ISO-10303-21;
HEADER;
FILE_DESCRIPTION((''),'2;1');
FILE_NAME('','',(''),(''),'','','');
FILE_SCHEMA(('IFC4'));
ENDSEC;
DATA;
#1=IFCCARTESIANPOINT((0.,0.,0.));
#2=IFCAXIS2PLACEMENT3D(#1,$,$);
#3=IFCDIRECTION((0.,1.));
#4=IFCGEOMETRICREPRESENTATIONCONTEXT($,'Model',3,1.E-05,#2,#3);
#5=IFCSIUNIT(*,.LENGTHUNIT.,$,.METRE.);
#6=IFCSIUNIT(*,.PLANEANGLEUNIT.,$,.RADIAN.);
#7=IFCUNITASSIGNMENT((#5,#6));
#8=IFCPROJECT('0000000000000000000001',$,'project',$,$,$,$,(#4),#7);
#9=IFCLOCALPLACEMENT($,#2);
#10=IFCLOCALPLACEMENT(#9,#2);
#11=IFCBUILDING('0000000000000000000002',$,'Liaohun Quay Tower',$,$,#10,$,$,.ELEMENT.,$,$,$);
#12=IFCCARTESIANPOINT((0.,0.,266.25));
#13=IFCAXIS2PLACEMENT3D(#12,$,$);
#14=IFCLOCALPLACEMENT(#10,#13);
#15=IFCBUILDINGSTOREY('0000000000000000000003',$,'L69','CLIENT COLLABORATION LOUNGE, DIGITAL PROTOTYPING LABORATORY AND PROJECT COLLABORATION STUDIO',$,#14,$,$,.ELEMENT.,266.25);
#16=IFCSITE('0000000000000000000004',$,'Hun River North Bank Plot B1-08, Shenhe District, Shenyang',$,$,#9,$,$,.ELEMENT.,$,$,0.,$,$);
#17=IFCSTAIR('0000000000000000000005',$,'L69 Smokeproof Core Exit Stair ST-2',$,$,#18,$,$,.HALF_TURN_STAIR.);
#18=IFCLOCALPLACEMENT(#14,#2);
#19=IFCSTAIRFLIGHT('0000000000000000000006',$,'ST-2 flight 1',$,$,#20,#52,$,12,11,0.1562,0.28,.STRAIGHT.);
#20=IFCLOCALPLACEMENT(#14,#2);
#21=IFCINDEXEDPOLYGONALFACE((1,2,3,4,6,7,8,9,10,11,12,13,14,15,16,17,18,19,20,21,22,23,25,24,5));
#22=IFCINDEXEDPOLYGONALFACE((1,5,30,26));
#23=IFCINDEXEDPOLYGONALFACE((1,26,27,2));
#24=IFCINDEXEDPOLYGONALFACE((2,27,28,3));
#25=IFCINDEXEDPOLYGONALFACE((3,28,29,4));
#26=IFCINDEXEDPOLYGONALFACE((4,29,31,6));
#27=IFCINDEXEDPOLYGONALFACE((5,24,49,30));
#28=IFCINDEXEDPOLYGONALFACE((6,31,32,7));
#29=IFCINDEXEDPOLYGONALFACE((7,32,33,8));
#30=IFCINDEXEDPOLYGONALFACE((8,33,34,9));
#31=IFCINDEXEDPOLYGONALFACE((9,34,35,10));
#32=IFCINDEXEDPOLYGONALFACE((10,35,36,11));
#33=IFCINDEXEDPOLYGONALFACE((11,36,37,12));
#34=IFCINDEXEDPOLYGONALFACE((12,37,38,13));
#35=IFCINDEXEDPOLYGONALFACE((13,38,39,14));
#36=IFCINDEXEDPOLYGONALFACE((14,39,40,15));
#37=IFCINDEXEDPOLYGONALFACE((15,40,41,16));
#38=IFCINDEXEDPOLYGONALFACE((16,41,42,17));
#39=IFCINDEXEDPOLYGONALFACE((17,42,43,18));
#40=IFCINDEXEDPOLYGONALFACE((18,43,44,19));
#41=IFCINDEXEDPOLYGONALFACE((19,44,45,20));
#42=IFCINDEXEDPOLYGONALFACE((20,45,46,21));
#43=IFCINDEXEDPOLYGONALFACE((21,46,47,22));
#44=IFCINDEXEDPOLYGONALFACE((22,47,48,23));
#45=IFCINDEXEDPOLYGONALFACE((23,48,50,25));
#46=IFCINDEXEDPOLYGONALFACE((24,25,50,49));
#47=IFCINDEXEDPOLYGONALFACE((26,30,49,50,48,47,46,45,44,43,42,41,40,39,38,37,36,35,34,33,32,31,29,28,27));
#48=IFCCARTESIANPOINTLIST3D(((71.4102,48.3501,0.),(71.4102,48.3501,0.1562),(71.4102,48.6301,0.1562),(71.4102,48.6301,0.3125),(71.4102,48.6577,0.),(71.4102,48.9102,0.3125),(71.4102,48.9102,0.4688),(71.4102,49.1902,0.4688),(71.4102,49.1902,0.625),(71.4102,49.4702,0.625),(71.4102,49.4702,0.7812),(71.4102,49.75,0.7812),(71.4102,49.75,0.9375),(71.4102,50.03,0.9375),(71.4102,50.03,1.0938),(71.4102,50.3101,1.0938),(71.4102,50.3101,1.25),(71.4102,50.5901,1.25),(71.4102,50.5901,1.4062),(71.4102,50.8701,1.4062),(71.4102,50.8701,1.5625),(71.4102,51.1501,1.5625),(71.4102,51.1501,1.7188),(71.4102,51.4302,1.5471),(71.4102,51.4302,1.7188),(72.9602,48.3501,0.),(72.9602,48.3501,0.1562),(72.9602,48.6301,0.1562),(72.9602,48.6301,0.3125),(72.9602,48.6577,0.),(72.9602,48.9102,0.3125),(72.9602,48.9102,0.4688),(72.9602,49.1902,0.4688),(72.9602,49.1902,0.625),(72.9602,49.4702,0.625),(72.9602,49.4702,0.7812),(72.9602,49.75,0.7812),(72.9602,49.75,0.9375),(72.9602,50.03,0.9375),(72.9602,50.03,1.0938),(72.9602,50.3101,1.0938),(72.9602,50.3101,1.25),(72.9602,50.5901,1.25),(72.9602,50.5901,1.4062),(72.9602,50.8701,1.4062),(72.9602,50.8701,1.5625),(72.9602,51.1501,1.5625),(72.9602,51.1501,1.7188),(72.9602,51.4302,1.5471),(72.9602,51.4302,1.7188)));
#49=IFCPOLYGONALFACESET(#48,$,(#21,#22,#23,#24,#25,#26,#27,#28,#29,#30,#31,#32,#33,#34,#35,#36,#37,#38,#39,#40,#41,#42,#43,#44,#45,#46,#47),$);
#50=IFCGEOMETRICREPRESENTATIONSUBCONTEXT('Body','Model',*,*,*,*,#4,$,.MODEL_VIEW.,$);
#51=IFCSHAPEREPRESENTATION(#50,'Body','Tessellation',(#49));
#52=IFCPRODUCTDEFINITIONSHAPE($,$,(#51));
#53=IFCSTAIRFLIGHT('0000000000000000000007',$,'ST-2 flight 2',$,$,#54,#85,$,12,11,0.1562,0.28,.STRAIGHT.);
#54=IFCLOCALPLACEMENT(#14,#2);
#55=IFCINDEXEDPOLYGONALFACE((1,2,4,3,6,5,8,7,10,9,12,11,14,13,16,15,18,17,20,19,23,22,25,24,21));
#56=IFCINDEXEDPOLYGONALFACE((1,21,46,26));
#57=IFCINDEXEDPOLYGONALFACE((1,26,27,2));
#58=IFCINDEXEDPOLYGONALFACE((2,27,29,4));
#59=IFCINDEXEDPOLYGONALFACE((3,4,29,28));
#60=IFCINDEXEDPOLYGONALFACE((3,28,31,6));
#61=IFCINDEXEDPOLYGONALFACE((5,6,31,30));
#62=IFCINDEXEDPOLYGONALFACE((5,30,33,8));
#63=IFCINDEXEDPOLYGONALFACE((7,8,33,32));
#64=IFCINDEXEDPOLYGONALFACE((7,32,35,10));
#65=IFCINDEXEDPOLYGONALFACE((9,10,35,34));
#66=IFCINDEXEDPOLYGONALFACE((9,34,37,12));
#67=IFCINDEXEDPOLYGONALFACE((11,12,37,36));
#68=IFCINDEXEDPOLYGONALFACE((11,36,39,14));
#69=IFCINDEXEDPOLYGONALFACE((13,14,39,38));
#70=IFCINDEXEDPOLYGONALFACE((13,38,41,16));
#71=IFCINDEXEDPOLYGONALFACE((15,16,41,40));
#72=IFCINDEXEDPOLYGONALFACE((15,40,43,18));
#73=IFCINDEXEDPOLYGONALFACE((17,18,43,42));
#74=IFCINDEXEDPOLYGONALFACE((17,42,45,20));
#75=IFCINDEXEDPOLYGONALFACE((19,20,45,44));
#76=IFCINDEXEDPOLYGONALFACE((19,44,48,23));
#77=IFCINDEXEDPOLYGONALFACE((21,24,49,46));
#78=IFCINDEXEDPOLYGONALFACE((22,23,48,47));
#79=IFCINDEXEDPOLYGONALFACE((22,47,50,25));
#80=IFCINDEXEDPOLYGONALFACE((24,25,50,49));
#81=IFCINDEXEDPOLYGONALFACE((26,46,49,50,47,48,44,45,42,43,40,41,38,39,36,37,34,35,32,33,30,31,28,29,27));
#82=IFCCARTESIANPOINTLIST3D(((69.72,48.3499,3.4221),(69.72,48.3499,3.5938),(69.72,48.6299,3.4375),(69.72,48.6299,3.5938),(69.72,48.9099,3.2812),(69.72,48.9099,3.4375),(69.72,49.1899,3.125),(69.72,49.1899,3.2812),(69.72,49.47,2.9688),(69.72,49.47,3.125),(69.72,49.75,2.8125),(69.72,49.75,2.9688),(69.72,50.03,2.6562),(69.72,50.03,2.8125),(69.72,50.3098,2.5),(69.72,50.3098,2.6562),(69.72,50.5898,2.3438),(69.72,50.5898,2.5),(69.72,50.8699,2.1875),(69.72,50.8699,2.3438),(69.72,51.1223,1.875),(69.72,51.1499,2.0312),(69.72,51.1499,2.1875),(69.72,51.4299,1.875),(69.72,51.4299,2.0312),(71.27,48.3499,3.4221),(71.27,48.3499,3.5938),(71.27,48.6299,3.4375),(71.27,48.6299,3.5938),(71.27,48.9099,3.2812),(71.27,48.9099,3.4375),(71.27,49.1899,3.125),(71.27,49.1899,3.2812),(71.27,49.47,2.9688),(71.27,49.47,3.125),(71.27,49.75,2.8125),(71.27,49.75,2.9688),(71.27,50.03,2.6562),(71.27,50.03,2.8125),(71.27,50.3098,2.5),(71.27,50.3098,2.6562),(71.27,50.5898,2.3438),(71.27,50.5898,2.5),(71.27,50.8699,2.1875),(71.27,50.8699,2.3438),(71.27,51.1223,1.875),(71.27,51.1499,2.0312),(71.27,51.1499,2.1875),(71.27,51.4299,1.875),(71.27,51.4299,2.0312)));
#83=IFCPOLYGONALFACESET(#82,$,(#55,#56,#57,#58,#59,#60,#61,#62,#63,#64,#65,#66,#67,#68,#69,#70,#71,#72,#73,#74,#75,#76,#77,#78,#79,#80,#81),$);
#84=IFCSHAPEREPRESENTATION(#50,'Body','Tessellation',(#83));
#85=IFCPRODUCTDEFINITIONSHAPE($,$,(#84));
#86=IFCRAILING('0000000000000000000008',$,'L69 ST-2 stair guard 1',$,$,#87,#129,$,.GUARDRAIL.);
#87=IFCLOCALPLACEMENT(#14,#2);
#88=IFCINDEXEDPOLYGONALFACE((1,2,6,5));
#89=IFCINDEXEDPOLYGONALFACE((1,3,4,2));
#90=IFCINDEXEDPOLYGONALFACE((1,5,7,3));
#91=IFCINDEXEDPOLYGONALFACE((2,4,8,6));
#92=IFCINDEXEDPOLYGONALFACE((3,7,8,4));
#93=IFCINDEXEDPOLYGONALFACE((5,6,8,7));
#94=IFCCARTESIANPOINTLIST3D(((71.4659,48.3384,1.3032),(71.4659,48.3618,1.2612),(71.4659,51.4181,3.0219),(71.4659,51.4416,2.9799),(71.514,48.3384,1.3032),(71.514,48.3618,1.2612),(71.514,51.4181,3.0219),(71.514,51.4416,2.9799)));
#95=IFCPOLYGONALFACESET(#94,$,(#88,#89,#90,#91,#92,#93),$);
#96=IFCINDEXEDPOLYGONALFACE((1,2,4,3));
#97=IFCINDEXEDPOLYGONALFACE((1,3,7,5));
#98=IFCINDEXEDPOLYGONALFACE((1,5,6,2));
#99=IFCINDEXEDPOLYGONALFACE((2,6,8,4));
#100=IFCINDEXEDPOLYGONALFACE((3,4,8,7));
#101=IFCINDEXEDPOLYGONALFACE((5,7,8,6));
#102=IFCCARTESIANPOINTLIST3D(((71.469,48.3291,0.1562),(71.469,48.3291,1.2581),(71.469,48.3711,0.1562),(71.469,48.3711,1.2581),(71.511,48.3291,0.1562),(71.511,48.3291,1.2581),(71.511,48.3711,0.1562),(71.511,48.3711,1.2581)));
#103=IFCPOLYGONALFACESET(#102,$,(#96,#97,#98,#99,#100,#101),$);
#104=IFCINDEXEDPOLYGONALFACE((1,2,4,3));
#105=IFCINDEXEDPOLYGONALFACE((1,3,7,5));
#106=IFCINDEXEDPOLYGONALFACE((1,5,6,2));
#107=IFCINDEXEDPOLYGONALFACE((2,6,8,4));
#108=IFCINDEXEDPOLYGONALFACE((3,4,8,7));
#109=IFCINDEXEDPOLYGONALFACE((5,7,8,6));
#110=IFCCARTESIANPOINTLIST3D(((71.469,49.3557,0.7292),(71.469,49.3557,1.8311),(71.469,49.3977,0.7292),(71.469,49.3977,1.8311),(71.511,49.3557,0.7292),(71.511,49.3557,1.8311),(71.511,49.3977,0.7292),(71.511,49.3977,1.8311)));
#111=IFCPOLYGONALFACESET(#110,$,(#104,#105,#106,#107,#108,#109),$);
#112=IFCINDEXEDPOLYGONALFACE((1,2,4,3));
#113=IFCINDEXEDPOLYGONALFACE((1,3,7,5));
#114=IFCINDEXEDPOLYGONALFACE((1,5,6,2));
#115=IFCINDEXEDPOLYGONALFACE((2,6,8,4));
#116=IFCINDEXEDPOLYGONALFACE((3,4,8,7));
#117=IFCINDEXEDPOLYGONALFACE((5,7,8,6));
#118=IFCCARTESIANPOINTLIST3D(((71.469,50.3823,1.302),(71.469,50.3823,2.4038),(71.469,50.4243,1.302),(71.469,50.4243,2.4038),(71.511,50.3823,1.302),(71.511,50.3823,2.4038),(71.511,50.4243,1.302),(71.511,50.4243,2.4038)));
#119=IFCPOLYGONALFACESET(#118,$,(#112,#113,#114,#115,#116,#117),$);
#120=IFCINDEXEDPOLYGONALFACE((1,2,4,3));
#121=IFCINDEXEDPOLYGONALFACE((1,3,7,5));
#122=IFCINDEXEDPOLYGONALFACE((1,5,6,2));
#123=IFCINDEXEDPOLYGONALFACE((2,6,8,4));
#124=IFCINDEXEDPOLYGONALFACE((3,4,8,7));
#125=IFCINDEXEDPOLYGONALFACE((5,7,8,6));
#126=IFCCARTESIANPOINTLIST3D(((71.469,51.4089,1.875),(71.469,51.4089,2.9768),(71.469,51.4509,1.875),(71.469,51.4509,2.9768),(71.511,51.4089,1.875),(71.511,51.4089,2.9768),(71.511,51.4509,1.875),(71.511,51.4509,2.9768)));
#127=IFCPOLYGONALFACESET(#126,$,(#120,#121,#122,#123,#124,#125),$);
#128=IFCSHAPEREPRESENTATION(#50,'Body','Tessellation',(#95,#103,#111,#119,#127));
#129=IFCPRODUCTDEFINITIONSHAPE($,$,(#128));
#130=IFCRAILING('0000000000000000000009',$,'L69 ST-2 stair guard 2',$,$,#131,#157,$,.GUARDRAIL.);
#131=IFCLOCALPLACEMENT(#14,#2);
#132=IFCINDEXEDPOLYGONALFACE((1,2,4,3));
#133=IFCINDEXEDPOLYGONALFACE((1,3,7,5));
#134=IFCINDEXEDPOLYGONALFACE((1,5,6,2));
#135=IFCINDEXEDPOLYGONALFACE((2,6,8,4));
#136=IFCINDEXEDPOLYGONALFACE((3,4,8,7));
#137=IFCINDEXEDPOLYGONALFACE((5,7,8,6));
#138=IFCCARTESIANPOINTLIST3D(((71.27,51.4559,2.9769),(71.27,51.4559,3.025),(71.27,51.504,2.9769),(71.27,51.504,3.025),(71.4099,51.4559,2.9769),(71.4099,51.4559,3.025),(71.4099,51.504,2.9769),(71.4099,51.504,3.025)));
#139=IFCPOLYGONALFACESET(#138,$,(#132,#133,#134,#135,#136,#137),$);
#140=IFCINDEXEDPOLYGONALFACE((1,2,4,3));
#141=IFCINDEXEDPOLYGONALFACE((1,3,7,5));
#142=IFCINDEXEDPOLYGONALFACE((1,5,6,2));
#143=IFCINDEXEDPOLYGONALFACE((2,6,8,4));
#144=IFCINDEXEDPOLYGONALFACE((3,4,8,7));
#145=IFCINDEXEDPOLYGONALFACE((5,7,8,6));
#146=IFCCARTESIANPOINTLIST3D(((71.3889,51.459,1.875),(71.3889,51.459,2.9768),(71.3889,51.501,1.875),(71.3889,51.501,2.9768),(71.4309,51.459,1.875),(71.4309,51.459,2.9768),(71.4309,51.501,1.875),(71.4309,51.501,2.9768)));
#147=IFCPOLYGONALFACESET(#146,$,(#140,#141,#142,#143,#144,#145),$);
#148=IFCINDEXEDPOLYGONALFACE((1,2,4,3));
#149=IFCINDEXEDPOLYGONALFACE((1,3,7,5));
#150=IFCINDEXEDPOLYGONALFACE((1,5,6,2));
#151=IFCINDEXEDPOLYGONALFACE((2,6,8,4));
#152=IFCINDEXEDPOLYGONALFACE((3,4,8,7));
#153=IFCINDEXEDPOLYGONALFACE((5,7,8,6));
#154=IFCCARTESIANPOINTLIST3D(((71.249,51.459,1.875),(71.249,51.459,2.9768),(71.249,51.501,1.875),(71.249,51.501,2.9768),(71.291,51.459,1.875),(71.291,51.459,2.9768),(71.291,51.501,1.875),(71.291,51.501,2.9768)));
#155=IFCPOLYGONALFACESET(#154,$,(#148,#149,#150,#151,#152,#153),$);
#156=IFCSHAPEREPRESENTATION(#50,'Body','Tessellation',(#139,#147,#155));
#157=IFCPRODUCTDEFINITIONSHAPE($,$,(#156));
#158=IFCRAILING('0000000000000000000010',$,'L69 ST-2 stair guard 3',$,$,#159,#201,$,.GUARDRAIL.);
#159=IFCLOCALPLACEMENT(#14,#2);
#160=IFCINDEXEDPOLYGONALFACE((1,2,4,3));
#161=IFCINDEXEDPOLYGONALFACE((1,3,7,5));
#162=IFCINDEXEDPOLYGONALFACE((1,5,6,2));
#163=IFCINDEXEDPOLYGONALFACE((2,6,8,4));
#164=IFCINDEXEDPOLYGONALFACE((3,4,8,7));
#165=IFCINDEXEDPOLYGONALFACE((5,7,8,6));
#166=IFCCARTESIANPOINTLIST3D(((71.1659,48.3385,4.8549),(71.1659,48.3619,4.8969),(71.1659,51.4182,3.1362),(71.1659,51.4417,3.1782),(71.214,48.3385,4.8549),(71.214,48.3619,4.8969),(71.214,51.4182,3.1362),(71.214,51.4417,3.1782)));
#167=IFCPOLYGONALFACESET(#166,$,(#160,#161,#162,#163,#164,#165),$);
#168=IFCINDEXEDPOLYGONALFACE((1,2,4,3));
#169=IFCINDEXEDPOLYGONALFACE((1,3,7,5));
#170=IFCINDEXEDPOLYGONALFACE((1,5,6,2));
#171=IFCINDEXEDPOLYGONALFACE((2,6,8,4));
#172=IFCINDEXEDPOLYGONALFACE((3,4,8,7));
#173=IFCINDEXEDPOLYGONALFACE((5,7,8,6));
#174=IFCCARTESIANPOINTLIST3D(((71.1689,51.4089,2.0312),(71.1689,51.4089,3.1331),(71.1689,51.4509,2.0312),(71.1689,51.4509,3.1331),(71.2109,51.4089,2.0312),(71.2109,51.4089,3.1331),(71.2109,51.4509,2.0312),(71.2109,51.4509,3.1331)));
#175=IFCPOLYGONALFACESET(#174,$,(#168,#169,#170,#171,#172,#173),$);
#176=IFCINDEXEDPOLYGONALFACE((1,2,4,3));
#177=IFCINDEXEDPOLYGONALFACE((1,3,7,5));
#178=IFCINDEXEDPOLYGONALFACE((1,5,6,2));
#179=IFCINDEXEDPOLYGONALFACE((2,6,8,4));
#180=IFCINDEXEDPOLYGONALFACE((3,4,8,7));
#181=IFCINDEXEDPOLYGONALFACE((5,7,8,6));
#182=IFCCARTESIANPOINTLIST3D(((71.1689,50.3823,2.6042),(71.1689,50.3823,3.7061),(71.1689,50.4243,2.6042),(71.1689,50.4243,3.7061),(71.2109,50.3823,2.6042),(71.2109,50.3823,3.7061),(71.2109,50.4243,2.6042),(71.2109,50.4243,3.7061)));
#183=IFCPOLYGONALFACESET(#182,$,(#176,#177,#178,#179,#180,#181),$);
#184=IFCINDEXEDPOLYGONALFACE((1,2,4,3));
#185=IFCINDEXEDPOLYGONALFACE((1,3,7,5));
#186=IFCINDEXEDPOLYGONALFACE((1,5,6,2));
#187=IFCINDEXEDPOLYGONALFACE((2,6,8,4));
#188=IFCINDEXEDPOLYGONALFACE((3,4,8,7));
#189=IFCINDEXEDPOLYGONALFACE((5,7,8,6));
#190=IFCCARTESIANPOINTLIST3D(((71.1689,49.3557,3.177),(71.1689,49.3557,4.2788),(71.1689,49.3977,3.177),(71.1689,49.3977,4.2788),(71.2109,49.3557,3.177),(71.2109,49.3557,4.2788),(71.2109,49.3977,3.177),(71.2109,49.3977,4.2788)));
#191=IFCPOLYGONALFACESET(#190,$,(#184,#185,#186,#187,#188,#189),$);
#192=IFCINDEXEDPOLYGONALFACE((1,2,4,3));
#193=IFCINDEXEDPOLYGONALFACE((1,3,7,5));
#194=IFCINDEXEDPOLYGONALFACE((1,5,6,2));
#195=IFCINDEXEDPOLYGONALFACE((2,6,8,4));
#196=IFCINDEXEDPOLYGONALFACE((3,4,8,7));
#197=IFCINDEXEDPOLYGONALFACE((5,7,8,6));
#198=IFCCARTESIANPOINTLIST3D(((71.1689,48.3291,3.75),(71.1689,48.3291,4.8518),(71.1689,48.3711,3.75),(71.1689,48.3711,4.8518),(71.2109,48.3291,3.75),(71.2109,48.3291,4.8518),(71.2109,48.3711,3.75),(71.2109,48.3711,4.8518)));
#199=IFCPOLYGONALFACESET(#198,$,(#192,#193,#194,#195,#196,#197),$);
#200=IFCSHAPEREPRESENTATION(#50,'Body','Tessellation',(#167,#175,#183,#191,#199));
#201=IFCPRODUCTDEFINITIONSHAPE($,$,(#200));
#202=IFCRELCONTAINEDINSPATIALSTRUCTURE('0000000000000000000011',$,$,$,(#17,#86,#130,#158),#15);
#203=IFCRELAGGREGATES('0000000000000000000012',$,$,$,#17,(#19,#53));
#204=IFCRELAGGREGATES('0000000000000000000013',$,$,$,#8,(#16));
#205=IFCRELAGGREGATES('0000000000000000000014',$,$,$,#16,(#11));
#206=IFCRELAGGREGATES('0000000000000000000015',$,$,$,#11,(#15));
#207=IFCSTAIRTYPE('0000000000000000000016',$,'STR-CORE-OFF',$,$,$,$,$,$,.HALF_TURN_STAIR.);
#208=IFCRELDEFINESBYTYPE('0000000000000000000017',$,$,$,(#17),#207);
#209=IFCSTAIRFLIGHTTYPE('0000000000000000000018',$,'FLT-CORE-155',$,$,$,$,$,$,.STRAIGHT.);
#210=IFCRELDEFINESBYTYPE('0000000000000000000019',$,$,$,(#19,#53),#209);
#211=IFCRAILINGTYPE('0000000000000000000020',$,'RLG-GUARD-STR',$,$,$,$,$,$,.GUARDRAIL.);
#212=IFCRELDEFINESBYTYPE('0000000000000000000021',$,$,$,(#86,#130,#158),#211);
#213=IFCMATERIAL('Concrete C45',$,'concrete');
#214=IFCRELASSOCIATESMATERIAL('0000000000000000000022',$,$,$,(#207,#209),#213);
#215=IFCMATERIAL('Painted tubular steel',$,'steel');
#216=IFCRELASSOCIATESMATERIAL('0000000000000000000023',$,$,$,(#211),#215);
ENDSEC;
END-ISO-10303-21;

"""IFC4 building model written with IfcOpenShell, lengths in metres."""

from ifc_helpers import new_model, si_unit, direction, frame, origin, origin_2d, place, context, subcontext, project, spatial, polyline, rectangle, outline, extrude, material, type_object, element, aggregate, save


model = new_model("IFC4")

# Units and contexts
model_context = context("Model", 3, precision=1e-05, world=origin(), true_north=direction((0.0, 1.0)))
body_context = subcontext(model_context, "Body", "Model", "MODEL_VIEW")
ifc_project = project(units=[si_unit("LENGTHUNIT", "METRE"), si_unit("PLANEANGLEUNIT", "RADIAN")], contexts=[model_context])

# Site, building, storey
site_placement = place(None, origin())
site = spatial("IfcSite", under=ifc_project, at=site_placement, Name="Hun River North Bank Plot B1-08, Shenhe District, Shenyang", CompositionType="ELEMENT", RefElevation=0.0)
building_placement = place(site_placement, origin())
building = spatial("IfcBuilding", under=site, at=building_placement, Name="Liaohun Quay Tower", CompositionType="ELEMENT")
storey_placement = place(building_placement, frame((0.0, 0.0, 266.25)))
storey = spatial("IfcBuildingStorey", under=building, at=storey_placement, Name="L69", Description="CLIENT COLLABORATION LOUNGE, DIGITAL PROTOTYPING LABORATORY AND PROJECT COLLABORATION STUDIO", CompositionType="ELEMENT", Elevation=266.25)

# Stair, stair flights
ifc_material_1 = material(Name="Concrete C45", Category="concrete")
stair_type = type_object("IfcStairType", Name="STR-CORE-OFF", PredefinedType="HALF_TURN_STAIR", material=ifc_material_1)
stair_placement = place(storey_placement, origin())
stair = element("IfcStair", 1, at=stair_placement, inside=storey, type_object=stair_type, Name="L69 Smokeproof Core Exit Stair ST-2", PredefinedType="HALF_TURN_STAIR")
stair_flight_type = type_object("IfcStairFlightType", Name="FLT-CORE-155", PredefinedType="STRAIGHT", material=ifc_material_1)
stair_flight_1_placement = place(storey_placement, frame((72.1851, 48.3501, 0.0), z_axis=(0.0, 0.0, 1.0), x_axis=(0.0, 1.0, 0.0)))
stair_flight_1 = element("IfcStairFlight", 2, at=stair_flight_1_placement, type_object=stair_flight_type, Name="ST-2 flight 1", NumberOfRisers=12, NumberOfTreads=11, PredefinedType="STRAIGHT", RiserHeight=0.1562, TreadLength=0.28, context=body_context, shape_type="SweptSolid", body=[
    extrude(outline(polyline([(0.0, 0.0), (0.0, 0.1562), (0.28, 0.1562), (0.28, 0.3125), (0.5601, 0.3125), (0.5601, 0.4688), (0.8401, 0.4688), (0.8401, 0.625), (1.1201, 0.625), (1.1201, 0.7812), (1.3999, 0.7812), (1.3999, 0.9375), (1.6799, 0.9375), (1.6799, 1.0938), (1.96, 1.0938), (1.96, 1.25), (2.24, 1.25), (2.24, 1.4062), (2.52, 1.4062), (2.52, 1.5625), (2.8, 1.5625), (2.8, 1.7188), (3.0801, 1.7188), (3.0801, 1.875), (3.0801, 1.5471), (0.3076, 0.0), (0.0, 0.0)])), frame((0.0, 0.7749, 0.0), z_axis=(0.0, -1.0, 0.0), x_axis=(1.0, 0.0, 0.0)), (0.0, 0.0, 1.0), 1.55),
])
stair_flight_2_placement = place(storey_placement, frame((70.4951, 51.4299, 1.875), z_axis=(0.0, 0.0, 1.0), x_axis=(0.0, -1.0, 0.0)))
stair_flight_2 = element("IfcStairFlight", 3, at=stair_flight_2_placement, type_object=stair_flight_type, Name="ST-2 flight 2", NumberOfRisers=12, NumberOfTreads=11, PredefinedType="STRAIGHT", RiserHeight=0.1562, TreadLength=0.28, context=body_context, shape_type="SweptSolid", body=[
    extrude(outline(polyline([(0.0, 0.0), (0.0, 0.1562), (0.28, 0.1562), (0.28, 0.3125), (0.5601, 0.3125), (0.5601, 0.4688), (0.8401, 0.4688), (0.8401, 0.625), (1.1201, 0.625), (1.1201, 0.7812), (1.3999, 0.7812), (1.3999, 0.9375), (1.6799, 0.9375), (1.6799, 1.0938), (1.96, 1.0938), (1.96, 1.25), (2.24, 1.25), (2.24, 1.4062), (2.52, 1.4062), (2.52, 1.5625), (2.8, 1.5625), (2.8, 1.7188), (3.0801, 1.7188), (3.0801, 1.875), (3.0801, 1.5471), (0.3076, 0.0), (0.0, 0.0)])), frame((0.0, 0.7749, 0.0), z_axis=(0.0, -1.0, 0.0), x_axis=(1.0, 0.0, 0.0)), (0.0, 0.0, 1.0), 1.55),
])
aggregate(stair, [stair_flight_1, stair_flight_2])

# Railings
ifc_material_2 = material(Name="Painted tubular steel", Category="steel")
railing_type_1 = type_object("IfcRailingType", Name="RLG-GUARD-STR", PredefinedType="GUARDRAIL", material=ifc_material_2)
railing_1_placement = place(storey_placement, frame((71.49, 48.3501, 0.1562)))
element("IfcRailing", 4, at=railing_1_placement, inside=storey, type_object=railing_type_1, Name="L69 ST-2 stair guard 1", PredefinedType="GUARDRAIL", context=body_context, shape_type="SweptSolid", body=[
    extrude(rectangle(XDim=0.0481, YDim=0.0481, at=origin_2d()), frame((0.0, 0.0, 1.126), z_axis=(0.0, 0.873225, 0.487317), x_axis=(-1.0, 0.0, 0.0)), (0.0, 0.0, 1.0), 3.5269),
    extrude(rectangle(XDim=0.042, YDim=0.042, at=origin_2d()), origin(), (0.0, 0.0, 1.0), 1.1018),
    extrude(rectangle(XDim=0.042, YDim=0.042, at=origin_2d()), frame((0.0, 1.0266, 0.573)), (0.0, 0.0, 1.0), 1.1018),
    extrude(rectangle(XDim=0.042, YDim=0.042, at=origin_2d()), frame((0.0, 2.0532, 1.1458)), (0.0, 0.0, 1.0), 1.1018),
    extrude(rectangle(XDim=0.042, YDim=0.042, at=origin_2d()), frame((0.0, 3.0798, 1.7188)), (0.0, 0.0, 1.0), 1.1018),
])
railing_2_placement = place(storey_placement, frame((71.4099, 51.48, 1.875)))
element("IfcRailing", 5, at=railing_2_placement, inside=storey, type_object=railing_type_1, Name="L69 ST-2 stair guard 2", PredefinedType="GUARDRAIL", context=body_context, shape_type="SweptSolid", body=[
    extrude(rectangle(XDim=0.0481, YDim=0.0481, at=origin_2d()), frame((0.0, 0.0, 1.126), z_axis=(-1.0, 0.0, 0.0), x_axis=(0.0, -1.0, 0.0)), (0.0, 0.0, 1.0), 0.1399),
    extrude(rectangle(XDim=0.042, YDim=0.042, at=origin_2d()), origin(), (0.0, 0.0, 1.0), 1.1018),
    extrude(rectangle(XDim=0.042, YDim=0.042, at=origin_2d()), frame((-0.1399, 0.0, 0.0)), (0.0, 0.0, 1.0), 1.1018),
])
railing_3_placement = place(storey_placement, frame((71.1899, 51.4299, 2.0312)))
element("IfcRailing", 6, at=railing_3_placement, inside=storey, type_object=railing_type_1, Name="L69 ST-2 stair guard 3", PredefinedType="GUARDRAIL", context=body_context, shape_type="SweptSolid", body=[
    extrude(rectangle(XDim=0.0481, YDim=0.0481, at=origin_2d()), frame((0.0, 0.0, 1.126), z_axis=(0.0, -0.873225, 0.487317), x_axis=(1.0, 0.0, 0.0)), (0.0, 0.0, 1.0), 3.5269),
    extrude(rectangle(XDim=0.042, YDim=0.042, at=origin_2d()), origin(), (0.0, 0.0, 1.0), 1.1018),
    extrude(rectangle(XDim=0.042, YDim=0.042, at=origin_2d()), frame((0.0, -1.0266, 0.573)), (0.0, 0.0, 1.0), 1.1018),
    extrude(rectangle(XDim=0.042, YDim=0.042, at=origin_2d()), frame((0.0, -2.0532, 1.1458)), (0.0, 0.0, 1.0), 1.1018),
    extrude(rectangle(XDim=0.042, YDim=0.042, at=origin_2d()), frame((0.0, -3.0798, 1.7188)), (0.0, 0.0, 1.0), 1.1018),
])

save(model, "model.ifc")
